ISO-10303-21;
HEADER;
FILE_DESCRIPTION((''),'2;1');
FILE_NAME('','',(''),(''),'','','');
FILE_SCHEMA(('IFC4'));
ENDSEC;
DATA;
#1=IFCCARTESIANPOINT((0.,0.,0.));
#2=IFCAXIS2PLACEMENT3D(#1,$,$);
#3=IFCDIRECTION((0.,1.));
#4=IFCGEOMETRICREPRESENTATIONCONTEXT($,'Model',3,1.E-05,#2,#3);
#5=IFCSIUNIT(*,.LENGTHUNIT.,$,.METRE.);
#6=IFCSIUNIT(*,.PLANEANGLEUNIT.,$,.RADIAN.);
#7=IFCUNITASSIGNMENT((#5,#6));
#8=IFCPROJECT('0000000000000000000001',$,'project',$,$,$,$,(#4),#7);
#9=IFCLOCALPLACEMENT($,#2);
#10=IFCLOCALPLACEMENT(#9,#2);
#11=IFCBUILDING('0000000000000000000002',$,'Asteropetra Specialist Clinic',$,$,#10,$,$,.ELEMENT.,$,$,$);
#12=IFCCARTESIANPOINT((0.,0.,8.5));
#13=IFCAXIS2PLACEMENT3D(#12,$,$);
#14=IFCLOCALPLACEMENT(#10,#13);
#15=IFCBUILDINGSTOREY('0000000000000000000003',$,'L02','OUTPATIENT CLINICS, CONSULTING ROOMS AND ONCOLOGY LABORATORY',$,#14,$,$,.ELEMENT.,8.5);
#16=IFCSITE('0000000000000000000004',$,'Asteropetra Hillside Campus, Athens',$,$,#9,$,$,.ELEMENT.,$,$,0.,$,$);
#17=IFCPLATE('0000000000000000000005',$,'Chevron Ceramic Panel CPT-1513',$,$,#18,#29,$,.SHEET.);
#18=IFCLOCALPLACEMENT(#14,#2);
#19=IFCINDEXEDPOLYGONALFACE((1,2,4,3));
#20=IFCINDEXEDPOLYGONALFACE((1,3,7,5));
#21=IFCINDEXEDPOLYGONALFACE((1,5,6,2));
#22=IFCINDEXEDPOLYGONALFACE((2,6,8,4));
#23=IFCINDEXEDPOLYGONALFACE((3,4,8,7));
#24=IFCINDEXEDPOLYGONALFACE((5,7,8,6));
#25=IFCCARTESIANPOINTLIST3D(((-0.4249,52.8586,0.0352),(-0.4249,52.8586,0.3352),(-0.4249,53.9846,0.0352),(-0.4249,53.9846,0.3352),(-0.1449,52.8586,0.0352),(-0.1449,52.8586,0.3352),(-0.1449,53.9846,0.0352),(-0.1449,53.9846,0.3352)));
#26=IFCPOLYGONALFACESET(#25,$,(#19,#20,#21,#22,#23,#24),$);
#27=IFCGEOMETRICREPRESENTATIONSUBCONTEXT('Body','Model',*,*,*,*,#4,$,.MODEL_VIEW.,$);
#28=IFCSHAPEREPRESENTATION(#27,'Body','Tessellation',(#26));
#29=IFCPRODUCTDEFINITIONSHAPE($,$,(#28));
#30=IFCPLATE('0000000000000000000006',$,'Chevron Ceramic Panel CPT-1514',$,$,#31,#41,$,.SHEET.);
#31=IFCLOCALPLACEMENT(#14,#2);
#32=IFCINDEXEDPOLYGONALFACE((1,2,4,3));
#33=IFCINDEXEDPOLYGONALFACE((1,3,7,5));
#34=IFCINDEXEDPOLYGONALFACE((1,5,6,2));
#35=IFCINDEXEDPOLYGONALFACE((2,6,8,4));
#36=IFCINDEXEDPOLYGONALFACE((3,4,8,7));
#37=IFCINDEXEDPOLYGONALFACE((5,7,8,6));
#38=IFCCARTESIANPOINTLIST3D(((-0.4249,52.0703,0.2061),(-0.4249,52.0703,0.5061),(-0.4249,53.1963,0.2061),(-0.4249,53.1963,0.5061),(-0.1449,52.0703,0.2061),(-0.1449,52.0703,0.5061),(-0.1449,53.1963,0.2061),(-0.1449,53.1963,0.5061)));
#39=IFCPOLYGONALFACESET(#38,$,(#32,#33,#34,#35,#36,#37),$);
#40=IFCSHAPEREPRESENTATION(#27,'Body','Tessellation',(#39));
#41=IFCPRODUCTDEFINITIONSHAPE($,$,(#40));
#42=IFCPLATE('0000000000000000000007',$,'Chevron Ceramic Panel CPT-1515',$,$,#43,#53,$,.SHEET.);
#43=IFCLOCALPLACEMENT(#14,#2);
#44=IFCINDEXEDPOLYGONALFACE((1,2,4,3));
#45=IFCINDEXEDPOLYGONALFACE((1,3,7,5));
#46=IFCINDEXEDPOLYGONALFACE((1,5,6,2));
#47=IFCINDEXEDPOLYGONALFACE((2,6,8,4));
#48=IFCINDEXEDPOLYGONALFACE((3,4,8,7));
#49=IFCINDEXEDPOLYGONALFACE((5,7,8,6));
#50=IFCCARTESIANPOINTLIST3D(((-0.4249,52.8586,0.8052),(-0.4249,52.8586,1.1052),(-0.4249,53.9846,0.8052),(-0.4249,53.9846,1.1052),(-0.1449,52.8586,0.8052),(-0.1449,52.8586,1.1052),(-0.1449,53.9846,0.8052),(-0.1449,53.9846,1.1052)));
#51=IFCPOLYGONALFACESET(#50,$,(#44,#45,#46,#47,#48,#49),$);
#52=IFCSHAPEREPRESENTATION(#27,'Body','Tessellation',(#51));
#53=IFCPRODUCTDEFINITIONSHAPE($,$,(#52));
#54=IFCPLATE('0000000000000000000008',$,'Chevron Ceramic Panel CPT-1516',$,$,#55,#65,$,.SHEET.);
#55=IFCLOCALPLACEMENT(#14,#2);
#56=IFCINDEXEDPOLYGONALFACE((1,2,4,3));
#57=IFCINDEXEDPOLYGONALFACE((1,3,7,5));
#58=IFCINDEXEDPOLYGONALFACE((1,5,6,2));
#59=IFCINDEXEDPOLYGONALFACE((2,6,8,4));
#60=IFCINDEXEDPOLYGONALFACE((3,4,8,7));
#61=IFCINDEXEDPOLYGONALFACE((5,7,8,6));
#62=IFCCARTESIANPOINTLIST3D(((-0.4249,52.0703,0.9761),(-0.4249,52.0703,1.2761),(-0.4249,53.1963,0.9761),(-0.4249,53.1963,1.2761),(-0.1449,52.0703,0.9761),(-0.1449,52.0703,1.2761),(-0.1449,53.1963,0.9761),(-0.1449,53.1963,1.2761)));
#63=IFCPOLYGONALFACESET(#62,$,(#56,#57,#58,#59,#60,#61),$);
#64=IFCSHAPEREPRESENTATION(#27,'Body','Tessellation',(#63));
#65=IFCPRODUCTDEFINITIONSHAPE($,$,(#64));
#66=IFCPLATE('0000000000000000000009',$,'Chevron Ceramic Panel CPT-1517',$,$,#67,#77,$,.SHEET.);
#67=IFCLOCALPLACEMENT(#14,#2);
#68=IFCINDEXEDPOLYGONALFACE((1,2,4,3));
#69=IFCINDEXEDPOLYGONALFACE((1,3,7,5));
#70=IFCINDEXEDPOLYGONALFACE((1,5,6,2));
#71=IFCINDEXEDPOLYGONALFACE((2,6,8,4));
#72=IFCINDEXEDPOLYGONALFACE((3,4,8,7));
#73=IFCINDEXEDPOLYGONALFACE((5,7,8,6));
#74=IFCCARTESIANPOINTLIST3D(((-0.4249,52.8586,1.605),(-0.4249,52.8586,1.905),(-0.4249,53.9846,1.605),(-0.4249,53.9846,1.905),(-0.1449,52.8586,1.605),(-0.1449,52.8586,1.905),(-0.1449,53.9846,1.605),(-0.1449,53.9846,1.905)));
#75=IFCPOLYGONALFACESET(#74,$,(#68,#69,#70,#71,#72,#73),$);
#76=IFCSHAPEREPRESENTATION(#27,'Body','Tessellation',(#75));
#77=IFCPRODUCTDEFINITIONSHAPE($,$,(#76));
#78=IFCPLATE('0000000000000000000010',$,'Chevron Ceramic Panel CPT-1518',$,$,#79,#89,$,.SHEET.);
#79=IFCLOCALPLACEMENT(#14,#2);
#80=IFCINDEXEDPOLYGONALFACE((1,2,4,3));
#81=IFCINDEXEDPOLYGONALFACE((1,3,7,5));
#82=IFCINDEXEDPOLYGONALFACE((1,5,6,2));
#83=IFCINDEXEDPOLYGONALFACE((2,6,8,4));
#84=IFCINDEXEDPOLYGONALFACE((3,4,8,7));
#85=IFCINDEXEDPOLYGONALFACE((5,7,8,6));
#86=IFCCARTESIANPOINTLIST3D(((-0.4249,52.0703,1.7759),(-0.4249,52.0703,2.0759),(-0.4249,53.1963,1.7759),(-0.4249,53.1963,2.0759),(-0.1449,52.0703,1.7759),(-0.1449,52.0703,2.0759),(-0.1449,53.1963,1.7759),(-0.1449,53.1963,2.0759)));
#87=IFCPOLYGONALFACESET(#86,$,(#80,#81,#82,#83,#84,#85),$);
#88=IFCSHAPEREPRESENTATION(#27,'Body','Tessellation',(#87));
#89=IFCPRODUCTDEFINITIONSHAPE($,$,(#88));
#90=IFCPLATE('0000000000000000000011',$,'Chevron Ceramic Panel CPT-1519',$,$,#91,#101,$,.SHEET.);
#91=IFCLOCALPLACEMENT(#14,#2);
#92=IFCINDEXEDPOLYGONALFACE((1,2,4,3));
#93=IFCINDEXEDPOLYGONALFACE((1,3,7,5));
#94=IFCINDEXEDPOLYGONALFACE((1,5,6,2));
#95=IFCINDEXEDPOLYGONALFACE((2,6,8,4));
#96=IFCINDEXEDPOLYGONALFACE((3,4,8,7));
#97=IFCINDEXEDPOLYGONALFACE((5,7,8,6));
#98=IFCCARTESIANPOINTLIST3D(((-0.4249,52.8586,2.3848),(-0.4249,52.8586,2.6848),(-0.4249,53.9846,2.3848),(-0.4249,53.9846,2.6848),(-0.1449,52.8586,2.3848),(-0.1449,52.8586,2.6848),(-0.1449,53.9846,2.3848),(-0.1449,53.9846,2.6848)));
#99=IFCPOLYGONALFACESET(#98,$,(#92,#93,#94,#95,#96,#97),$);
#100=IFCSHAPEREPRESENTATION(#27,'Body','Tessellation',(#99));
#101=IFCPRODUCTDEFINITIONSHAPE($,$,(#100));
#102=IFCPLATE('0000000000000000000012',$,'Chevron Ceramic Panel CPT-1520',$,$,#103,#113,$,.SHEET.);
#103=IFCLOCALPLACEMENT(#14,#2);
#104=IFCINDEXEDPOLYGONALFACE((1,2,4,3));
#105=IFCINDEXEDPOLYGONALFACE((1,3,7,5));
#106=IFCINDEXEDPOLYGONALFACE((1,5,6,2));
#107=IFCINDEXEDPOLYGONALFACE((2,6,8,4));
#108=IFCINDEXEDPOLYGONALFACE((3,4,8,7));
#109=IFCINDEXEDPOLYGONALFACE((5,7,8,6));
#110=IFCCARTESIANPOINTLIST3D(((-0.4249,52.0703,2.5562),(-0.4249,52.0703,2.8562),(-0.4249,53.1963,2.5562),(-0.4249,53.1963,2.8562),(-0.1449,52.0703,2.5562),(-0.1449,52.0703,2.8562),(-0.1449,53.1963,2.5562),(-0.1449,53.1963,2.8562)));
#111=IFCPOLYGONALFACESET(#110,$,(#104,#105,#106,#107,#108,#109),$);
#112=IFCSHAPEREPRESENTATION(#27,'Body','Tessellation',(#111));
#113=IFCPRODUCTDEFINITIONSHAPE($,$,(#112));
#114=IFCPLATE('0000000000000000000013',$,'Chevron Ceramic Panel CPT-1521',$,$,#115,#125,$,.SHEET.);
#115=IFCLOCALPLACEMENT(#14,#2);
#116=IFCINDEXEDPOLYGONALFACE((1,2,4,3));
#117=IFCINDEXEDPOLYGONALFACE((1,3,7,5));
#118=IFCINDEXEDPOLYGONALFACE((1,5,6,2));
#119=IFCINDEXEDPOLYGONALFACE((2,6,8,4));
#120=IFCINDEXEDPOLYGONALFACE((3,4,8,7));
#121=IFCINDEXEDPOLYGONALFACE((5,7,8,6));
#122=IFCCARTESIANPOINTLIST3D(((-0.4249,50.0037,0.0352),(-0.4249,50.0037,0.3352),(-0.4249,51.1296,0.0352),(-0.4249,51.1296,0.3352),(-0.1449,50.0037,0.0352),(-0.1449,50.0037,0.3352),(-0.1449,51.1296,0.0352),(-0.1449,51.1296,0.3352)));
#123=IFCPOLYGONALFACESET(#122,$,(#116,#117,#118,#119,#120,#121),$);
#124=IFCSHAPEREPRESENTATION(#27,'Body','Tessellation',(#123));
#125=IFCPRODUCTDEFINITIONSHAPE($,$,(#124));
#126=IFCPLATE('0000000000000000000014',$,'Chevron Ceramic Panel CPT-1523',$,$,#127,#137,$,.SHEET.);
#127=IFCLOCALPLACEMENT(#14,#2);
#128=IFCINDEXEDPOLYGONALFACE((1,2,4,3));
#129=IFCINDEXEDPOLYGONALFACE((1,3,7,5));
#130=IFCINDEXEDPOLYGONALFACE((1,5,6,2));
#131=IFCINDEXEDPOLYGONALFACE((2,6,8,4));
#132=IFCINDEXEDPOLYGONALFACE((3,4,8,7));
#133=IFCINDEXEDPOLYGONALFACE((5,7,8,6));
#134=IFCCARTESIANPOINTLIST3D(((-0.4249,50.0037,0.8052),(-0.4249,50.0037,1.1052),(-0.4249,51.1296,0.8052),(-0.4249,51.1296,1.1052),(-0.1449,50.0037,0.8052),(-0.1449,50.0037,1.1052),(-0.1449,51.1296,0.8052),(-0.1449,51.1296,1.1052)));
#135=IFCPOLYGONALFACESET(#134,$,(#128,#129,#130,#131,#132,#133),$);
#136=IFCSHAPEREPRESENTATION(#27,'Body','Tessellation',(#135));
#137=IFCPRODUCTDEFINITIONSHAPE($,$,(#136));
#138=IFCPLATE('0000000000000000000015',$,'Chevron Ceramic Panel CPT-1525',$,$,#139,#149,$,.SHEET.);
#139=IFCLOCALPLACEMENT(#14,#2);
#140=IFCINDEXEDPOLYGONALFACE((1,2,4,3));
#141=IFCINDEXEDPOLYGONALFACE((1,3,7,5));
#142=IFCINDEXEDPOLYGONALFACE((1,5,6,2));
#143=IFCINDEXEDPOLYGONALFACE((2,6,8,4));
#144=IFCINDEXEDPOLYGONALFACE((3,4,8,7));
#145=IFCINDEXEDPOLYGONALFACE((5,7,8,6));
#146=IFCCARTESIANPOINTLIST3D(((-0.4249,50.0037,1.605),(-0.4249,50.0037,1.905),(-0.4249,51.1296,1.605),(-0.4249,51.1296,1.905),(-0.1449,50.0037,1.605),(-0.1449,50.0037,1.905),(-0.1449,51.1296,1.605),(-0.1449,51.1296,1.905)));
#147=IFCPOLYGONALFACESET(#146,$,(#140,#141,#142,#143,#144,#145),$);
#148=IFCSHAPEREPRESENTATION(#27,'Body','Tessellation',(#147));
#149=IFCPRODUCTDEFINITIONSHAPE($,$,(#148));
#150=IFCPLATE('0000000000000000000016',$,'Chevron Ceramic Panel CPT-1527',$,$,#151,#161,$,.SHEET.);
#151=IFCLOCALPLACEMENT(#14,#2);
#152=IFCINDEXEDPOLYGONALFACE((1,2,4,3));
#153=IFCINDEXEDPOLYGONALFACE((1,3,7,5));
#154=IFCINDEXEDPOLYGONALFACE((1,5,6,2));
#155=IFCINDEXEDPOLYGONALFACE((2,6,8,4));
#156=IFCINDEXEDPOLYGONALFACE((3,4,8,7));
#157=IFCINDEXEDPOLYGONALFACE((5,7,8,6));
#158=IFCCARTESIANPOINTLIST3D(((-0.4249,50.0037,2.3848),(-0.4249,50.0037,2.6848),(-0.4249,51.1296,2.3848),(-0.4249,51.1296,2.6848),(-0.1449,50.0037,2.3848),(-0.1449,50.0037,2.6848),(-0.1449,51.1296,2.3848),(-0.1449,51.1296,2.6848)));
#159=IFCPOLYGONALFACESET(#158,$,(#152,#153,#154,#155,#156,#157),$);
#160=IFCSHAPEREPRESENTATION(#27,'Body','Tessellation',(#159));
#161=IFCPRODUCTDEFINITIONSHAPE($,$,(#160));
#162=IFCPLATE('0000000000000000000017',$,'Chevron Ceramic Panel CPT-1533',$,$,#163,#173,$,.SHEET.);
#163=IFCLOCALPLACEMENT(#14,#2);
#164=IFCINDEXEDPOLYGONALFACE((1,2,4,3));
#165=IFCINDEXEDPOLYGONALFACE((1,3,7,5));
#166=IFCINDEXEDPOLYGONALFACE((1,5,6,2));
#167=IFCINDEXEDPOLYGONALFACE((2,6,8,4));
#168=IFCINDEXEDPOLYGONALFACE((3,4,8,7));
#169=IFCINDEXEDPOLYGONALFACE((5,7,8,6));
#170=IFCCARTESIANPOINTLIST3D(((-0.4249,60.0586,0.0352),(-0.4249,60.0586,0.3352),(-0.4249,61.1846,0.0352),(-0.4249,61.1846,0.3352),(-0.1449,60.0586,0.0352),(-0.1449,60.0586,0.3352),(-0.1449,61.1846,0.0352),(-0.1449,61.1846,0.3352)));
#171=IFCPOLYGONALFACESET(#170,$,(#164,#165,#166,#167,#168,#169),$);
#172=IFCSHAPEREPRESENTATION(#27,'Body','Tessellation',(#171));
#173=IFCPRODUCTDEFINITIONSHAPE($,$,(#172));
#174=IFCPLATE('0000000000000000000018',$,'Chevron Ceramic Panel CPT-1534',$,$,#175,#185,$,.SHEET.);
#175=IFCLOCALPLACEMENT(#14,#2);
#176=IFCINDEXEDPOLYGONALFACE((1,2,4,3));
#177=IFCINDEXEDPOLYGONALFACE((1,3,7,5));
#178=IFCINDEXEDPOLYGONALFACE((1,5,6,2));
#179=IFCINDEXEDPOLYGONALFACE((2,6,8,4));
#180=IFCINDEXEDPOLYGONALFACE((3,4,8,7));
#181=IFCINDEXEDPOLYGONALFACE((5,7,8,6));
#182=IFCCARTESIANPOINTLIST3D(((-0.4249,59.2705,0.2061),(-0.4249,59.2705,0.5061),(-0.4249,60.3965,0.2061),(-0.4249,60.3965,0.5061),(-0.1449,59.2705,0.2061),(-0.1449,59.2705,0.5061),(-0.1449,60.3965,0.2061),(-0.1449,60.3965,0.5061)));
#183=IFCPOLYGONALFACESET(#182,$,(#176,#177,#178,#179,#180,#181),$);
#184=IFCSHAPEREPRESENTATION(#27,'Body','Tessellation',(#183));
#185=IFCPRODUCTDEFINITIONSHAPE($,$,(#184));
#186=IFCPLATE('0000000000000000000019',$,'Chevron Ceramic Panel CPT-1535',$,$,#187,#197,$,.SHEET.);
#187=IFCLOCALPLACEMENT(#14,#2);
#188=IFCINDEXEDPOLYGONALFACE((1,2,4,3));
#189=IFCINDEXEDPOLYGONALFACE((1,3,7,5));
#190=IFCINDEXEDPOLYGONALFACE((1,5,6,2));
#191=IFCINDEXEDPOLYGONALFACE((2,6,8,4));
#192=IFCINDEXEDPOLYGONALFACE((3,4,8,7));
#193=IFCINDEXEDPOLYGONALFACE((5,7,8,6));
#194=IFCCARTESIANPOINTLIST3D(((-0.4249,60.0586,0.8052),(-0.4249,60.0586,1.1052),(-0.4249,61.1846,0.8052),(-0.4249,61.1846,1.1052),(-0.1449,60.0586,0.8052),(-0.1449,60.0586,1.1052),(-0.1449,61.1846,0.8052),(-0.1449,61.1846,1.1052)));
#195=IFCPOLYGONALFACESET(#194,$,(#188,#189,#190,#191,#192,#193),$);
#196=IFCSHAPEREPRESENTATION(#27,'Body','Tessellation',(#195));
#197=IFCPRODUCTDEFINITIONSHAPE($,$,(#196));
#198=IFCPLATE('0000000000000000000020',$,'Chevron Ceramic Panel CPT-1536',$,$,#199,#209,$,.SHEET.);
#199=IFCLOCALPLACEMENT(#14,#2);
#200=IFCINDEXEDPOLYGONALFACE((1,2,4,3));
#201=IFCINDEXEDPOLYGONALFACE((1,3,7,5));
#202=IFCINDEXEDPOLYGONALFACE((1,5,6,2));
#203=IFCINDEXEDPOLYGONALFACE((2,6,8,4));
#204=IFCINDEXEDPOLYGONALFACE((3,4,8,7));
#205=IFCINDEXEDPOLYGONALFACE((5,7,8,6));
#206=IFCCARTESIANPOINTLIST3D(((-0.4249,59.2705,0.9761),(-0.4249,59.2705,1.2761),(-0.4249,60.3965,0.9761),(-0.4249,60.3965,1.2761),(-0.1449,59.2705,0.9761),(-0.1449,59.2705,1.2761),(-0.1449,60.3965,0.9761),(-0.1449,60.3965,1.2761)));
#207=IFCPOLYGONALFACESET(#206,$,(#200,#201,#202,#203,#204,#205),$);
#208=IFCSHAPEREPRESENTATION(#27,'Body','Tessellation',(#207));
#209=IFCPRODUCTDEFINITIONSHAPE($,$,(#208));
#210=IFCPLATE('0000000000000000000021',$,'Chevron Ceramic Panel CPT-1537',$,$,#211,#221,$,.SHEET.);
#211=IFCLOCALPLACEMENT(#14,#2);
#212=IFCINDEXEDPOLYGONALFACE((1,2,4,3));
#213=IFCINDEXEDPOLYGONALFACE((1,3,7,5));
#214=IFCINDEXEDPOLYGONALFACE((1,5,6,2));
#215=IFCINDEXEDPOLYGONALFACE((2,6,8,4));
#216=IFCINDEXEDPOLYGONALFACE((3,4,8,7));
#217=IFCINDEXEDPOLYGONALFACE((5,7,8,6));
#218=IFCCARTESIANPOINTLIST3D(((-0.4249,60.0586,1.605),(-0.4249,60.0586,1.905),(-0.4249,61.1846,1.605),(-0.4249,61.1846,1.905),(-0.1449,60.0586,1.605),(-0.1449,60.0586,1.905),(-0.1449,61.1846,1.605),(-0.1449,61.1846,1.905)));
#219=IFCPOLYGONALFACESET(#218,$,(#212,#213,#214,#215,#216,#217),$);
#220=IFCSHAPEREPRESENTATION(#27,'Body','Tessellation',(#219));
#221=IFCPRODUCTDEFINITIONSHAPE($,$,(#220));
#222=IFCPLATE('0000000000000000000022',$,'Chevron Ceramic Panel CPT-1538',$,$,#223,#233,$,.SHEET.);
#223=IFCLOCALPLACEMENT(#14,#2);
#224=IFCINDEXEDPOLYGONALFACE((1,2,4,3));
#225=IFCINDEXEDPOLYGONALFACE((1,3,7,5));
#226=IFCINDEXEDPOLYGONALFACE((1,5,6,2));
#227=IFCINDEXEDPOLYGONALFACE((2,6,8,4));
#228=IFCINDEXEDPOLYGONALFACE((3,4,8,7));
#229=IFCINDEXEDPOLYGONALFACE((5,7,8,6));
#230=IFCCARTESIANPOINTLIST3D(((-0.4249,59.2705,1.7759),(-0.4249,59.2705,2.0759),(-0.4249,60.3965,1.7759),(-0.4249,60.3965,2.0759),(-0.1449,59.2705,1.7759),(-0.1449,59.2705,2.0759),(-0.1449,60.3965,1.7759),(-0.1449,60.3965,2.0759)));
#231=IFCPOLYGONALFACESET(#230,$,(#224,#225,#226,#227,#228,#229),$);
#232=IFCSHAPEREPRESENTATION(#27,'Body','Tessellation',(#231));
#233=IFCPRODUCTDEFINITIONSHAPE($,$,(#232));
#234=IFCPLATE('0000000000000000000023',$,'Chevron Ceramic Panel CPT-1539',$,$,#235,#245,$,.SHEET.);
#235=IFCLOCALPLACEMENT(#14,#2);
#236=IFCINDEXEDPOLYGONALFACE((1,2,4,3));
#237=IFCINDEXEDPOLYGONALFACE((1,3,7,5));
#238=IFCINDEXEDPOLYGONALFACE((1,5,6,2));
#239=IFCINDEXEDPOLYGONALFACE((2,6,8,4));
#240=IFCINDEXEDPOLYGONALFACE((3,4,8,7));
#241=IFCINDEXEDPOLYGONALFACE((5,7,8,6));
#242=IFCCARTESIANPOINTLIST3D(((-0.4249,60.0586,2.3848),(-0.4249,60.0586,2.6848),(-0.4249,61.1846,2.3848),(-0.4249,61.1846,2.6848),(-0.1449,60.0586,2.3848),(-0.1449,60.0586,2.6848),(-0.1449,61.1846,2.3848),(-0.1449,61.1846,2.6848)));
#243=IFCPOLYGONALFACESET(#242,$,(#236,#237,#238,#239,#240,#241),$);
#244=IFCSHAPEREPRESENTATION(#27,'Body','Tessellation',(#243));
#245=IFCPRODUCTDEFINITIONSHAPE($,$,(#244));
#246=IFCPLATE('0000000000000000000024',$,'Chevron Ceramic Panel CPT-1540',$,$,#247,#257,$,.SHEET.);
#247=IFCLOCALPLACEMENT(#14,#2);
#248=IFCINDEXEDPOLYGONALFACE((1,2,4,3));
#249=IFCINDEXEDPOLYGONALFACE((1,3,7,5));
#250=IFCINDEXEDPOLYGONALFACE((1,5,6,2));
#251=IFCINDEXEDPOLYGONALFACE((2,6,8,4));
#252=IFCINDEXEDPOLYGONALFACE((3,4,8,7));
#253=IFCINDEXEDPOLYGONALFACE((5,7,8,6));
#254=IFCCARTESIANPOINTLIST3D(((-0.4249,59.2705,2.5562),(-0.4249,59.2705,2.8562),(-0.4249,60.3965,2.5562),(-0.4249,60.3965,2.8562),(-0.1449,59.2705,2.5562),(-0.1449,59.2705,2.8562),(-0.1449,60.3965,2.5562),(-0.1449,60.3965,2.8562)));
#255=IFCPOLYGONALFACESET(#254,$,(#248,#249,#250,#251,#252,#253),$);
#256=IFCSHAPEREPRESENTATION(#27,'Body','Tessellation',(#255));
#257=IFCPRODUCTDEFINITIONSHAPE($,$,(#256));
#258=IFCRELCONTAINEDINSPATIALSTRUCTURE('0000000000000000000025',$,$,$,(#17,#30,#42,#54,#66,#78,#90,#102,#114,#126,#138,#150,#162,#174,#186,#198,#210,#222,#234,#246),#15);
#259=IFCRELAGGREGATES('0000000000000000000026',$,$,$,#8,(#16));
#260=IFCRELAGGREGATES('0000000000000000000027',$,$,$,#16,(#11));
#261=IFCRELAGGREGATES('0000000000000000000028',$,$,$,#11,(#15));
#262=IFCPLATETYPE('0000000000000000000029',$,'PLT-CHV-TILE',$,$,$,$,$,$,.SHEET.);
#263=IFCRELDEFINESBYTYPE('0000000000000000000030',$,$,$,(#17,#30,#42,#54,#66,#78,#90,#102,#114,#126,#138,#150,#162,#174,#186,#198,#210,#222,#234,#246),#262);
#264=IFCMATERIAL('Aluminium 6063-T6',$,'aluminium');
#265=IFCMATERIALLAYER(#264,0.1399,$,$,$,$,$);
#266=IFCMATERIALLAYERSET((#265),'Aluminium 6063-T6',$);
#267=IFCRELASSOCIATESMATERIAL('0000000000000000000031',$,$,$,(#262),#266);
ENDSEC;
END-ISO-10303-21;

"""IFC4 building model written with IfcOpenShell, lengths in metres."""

from ifc_helpers import new_model, si_unit, direction, frame, origin, origin_2d, place, context, subcontext, project, spatial, rectangle, extrude, material, layer, layer_set, type_object, element, save


model = new_model("IFC4")

# Units and contexts
model_context = context("Model", 3, precision=1e-05, world=origin(), true_north=direction((0.0, 1.0)))
body_context = subcontext(model_context, "Body", "Model", "MODEL_VIEW")
ifc_project = project(units=[si_unit("LENGTHUNIT", "METRE"), si_unit("PLANEANGLEUNIT", "RADIAN")], contexts=[model_context])

# Site, building, storey
site_placement = place(None, origin())
site = spatial("IfcSite", under=ifc_project, at=site_placement, Name="Asteropetra Hillside Campus, Athens", CompositionType="ELEMENT", RefElevation=0.0)
building_placement = place(site_placement, origin())
building = spatial("IfcBuilding", under=site, at=building_placement, Name="Asteropetra Specialist Clinic", CompositionType="ELEMENT")
storey_placement = place(building_placement, frame((0.0, 0.0, 8.5)))
storey = spatial("IfcBuildingStorey", under=building, at=storey_placement, Name="L02", Description="OUTPATIENT CLINICS, CONSULTING ROOMS AND ONCOLOGY LABORATORY", CompositionType="ELEMENT", Elevation=8.5)

# Plates
ifc_material_1 = material(Name="Aluminium 6063-T6", Category="aluminium")
ifc_layer_1 = layer(ifc_material_1, 0.1399)
ifc_layer_set_1 = layer_set([ifc_layer_1], Name="Aluminium 6063-T6")
plate_type = type_object("IfcPlateType", Name="PLT-CHV-TILE", PredefinedType="SHEET", material=ifc_layer_set_1)
for number, where, z_axis, x_axis, name in (
    (1, (-0.2849, 53.4216, 0.0352), (0.0, 0.0, 1.0), (1.0, 0.0, 0.0), "Chevron Ceramic Panel CPT-1513"),
    (2, (-0.2849, 52.6333, 0.2061), (0.0, 0.0, 1.0), (1.0, 0.0, 0.0), "Chevron Ceramic Panel CPT-1514"),
    (3, (-0.2849, 53.4216, 0.8052), (0.0, 0.0, 1.0), (1.0, 0.0, 0.0), "Chevron Ceramic Panel CPT-1515"),
    (4, (-0.2849, 52.6333, 0.9761), (0.0, 0.0, 1.0), (1.0, 0.0, 0.0), "Chevron Ceramic Panel CPT-1516"),
    (5, (-0.2849, 53.4216, 1.605), (0.0, 0.0, 1.0), (1.0, 0.0, 0.0), "Chevron Ceramic Panel CPT-1517"),
    (6, (-0.2849, 52.6333, 1.7759), (0.0, 0.0, 1.0), (1.0, 0.0, 0.0), "Chevron Ceramic Panel CPT-1518"),
    (7, (-0.2849, 53.4216, 2.3848), (0.0, 0.0, 1.0), (1.0, 0.0, 0.0), "Chevron Ceramic Panel CPT-1519"),
    (8, (-0.2849, 52.6333, 2.5562), (0.0, 0.0, 1.0), (1.0, 0.0, 0.0), "Chevron Ceramic Panel CPT-1520"),
    (9, (-0.2849, 50.5667, 0.0352), (0.0, 0.0, 1.0), (1.0, 0.0, 0.0), "Chevron Ceramic Panel CPT-1521"),
    (10, (-0.2849, 50.5667, 0.8052), (0.0, 0.0, 1.0), (1.0, 0.0, 0.0), "Chevron Ceramic Panel CPT-1523"),
    (11, (-0.2849, 50.5667, 1.605), (0.0, 0.0, 1.0), (1.0, 0.0, 0.0), "Chevron Ceramic Panel CPT-1525"),
    (12, (-0.2849, 50.5667, 2.3848), (0.0, 0.0, 1.0), (1.0, 0.0, 0.0), "Chevron Ceramic Panel CPT-1527"),
    (13, (-0.2849, 60.6216, 0.0352), (0.0, 0.0, 1.0), (1.0, 0.0, 0.0), "Chevron Ceramic Panel CPT-1533"),
    (14, (-0.2849, 59.8335, 0.2061), (0.0, 0.0, 1.0), (1.0, 0.0, 0.0), "Chevron Ceramic Panel CPT-1534"),
    (15, (-0.2849, 60.6216, 0.8052), (0.0, 0.0, 1.0), (1.0, 0.0, 0.0), "Chevron Ceramic Panel CPT-1535"),
    (16, (-0.2849, 59.8335, 0.9761), (0.0, 0.0, 1.0), (1.0, 0.0, 0.0), "Chevron Ceramic Panel CPT-1536"),
    (17, (-0.2849, 60.6216, 1.605), (0.0, 0.0, 1.0), (1.0, 0.0, 0.0), "Chevron Ceramic Panel CPT-1537"),
    (18, (-0.2849, 59.8335, 1.7759), (0.0, 0.0, 1.0), (1.0, 0.0, 0.0), "Chevron Ceramic Panel CPT-1538"),
    (19, (-0.2849, 60.6216, 2.3848), (0.0, 0.0, 1.0), (1.0, 0.0, 0.0), "Chevron Ceramic Panel CPT-1539"),
    (20, (-0.2849, 59.8335, 2.5562), (0.0, 0.0, 1.0), (1.0, 0.0, 0.0), "Chevron Ceramic Panel CPT-1540"),
):
    element("IfcPlate", number, at=place(storey_placement, frame(where, z_axis=z_axis, x_axis=x_axis)), inside=storey, type_object=plate_type, Name=name, PredefinedType="SHEET", context=body_context, shape_type="SweptSolid", body=[
        extrude(rectangle(XDim=0.28, YDim=1.126, at=origin_2d()), origin(), (0.0, 0.0, 1.0), 0.3),
    ])

save(model, "model.ifc")
